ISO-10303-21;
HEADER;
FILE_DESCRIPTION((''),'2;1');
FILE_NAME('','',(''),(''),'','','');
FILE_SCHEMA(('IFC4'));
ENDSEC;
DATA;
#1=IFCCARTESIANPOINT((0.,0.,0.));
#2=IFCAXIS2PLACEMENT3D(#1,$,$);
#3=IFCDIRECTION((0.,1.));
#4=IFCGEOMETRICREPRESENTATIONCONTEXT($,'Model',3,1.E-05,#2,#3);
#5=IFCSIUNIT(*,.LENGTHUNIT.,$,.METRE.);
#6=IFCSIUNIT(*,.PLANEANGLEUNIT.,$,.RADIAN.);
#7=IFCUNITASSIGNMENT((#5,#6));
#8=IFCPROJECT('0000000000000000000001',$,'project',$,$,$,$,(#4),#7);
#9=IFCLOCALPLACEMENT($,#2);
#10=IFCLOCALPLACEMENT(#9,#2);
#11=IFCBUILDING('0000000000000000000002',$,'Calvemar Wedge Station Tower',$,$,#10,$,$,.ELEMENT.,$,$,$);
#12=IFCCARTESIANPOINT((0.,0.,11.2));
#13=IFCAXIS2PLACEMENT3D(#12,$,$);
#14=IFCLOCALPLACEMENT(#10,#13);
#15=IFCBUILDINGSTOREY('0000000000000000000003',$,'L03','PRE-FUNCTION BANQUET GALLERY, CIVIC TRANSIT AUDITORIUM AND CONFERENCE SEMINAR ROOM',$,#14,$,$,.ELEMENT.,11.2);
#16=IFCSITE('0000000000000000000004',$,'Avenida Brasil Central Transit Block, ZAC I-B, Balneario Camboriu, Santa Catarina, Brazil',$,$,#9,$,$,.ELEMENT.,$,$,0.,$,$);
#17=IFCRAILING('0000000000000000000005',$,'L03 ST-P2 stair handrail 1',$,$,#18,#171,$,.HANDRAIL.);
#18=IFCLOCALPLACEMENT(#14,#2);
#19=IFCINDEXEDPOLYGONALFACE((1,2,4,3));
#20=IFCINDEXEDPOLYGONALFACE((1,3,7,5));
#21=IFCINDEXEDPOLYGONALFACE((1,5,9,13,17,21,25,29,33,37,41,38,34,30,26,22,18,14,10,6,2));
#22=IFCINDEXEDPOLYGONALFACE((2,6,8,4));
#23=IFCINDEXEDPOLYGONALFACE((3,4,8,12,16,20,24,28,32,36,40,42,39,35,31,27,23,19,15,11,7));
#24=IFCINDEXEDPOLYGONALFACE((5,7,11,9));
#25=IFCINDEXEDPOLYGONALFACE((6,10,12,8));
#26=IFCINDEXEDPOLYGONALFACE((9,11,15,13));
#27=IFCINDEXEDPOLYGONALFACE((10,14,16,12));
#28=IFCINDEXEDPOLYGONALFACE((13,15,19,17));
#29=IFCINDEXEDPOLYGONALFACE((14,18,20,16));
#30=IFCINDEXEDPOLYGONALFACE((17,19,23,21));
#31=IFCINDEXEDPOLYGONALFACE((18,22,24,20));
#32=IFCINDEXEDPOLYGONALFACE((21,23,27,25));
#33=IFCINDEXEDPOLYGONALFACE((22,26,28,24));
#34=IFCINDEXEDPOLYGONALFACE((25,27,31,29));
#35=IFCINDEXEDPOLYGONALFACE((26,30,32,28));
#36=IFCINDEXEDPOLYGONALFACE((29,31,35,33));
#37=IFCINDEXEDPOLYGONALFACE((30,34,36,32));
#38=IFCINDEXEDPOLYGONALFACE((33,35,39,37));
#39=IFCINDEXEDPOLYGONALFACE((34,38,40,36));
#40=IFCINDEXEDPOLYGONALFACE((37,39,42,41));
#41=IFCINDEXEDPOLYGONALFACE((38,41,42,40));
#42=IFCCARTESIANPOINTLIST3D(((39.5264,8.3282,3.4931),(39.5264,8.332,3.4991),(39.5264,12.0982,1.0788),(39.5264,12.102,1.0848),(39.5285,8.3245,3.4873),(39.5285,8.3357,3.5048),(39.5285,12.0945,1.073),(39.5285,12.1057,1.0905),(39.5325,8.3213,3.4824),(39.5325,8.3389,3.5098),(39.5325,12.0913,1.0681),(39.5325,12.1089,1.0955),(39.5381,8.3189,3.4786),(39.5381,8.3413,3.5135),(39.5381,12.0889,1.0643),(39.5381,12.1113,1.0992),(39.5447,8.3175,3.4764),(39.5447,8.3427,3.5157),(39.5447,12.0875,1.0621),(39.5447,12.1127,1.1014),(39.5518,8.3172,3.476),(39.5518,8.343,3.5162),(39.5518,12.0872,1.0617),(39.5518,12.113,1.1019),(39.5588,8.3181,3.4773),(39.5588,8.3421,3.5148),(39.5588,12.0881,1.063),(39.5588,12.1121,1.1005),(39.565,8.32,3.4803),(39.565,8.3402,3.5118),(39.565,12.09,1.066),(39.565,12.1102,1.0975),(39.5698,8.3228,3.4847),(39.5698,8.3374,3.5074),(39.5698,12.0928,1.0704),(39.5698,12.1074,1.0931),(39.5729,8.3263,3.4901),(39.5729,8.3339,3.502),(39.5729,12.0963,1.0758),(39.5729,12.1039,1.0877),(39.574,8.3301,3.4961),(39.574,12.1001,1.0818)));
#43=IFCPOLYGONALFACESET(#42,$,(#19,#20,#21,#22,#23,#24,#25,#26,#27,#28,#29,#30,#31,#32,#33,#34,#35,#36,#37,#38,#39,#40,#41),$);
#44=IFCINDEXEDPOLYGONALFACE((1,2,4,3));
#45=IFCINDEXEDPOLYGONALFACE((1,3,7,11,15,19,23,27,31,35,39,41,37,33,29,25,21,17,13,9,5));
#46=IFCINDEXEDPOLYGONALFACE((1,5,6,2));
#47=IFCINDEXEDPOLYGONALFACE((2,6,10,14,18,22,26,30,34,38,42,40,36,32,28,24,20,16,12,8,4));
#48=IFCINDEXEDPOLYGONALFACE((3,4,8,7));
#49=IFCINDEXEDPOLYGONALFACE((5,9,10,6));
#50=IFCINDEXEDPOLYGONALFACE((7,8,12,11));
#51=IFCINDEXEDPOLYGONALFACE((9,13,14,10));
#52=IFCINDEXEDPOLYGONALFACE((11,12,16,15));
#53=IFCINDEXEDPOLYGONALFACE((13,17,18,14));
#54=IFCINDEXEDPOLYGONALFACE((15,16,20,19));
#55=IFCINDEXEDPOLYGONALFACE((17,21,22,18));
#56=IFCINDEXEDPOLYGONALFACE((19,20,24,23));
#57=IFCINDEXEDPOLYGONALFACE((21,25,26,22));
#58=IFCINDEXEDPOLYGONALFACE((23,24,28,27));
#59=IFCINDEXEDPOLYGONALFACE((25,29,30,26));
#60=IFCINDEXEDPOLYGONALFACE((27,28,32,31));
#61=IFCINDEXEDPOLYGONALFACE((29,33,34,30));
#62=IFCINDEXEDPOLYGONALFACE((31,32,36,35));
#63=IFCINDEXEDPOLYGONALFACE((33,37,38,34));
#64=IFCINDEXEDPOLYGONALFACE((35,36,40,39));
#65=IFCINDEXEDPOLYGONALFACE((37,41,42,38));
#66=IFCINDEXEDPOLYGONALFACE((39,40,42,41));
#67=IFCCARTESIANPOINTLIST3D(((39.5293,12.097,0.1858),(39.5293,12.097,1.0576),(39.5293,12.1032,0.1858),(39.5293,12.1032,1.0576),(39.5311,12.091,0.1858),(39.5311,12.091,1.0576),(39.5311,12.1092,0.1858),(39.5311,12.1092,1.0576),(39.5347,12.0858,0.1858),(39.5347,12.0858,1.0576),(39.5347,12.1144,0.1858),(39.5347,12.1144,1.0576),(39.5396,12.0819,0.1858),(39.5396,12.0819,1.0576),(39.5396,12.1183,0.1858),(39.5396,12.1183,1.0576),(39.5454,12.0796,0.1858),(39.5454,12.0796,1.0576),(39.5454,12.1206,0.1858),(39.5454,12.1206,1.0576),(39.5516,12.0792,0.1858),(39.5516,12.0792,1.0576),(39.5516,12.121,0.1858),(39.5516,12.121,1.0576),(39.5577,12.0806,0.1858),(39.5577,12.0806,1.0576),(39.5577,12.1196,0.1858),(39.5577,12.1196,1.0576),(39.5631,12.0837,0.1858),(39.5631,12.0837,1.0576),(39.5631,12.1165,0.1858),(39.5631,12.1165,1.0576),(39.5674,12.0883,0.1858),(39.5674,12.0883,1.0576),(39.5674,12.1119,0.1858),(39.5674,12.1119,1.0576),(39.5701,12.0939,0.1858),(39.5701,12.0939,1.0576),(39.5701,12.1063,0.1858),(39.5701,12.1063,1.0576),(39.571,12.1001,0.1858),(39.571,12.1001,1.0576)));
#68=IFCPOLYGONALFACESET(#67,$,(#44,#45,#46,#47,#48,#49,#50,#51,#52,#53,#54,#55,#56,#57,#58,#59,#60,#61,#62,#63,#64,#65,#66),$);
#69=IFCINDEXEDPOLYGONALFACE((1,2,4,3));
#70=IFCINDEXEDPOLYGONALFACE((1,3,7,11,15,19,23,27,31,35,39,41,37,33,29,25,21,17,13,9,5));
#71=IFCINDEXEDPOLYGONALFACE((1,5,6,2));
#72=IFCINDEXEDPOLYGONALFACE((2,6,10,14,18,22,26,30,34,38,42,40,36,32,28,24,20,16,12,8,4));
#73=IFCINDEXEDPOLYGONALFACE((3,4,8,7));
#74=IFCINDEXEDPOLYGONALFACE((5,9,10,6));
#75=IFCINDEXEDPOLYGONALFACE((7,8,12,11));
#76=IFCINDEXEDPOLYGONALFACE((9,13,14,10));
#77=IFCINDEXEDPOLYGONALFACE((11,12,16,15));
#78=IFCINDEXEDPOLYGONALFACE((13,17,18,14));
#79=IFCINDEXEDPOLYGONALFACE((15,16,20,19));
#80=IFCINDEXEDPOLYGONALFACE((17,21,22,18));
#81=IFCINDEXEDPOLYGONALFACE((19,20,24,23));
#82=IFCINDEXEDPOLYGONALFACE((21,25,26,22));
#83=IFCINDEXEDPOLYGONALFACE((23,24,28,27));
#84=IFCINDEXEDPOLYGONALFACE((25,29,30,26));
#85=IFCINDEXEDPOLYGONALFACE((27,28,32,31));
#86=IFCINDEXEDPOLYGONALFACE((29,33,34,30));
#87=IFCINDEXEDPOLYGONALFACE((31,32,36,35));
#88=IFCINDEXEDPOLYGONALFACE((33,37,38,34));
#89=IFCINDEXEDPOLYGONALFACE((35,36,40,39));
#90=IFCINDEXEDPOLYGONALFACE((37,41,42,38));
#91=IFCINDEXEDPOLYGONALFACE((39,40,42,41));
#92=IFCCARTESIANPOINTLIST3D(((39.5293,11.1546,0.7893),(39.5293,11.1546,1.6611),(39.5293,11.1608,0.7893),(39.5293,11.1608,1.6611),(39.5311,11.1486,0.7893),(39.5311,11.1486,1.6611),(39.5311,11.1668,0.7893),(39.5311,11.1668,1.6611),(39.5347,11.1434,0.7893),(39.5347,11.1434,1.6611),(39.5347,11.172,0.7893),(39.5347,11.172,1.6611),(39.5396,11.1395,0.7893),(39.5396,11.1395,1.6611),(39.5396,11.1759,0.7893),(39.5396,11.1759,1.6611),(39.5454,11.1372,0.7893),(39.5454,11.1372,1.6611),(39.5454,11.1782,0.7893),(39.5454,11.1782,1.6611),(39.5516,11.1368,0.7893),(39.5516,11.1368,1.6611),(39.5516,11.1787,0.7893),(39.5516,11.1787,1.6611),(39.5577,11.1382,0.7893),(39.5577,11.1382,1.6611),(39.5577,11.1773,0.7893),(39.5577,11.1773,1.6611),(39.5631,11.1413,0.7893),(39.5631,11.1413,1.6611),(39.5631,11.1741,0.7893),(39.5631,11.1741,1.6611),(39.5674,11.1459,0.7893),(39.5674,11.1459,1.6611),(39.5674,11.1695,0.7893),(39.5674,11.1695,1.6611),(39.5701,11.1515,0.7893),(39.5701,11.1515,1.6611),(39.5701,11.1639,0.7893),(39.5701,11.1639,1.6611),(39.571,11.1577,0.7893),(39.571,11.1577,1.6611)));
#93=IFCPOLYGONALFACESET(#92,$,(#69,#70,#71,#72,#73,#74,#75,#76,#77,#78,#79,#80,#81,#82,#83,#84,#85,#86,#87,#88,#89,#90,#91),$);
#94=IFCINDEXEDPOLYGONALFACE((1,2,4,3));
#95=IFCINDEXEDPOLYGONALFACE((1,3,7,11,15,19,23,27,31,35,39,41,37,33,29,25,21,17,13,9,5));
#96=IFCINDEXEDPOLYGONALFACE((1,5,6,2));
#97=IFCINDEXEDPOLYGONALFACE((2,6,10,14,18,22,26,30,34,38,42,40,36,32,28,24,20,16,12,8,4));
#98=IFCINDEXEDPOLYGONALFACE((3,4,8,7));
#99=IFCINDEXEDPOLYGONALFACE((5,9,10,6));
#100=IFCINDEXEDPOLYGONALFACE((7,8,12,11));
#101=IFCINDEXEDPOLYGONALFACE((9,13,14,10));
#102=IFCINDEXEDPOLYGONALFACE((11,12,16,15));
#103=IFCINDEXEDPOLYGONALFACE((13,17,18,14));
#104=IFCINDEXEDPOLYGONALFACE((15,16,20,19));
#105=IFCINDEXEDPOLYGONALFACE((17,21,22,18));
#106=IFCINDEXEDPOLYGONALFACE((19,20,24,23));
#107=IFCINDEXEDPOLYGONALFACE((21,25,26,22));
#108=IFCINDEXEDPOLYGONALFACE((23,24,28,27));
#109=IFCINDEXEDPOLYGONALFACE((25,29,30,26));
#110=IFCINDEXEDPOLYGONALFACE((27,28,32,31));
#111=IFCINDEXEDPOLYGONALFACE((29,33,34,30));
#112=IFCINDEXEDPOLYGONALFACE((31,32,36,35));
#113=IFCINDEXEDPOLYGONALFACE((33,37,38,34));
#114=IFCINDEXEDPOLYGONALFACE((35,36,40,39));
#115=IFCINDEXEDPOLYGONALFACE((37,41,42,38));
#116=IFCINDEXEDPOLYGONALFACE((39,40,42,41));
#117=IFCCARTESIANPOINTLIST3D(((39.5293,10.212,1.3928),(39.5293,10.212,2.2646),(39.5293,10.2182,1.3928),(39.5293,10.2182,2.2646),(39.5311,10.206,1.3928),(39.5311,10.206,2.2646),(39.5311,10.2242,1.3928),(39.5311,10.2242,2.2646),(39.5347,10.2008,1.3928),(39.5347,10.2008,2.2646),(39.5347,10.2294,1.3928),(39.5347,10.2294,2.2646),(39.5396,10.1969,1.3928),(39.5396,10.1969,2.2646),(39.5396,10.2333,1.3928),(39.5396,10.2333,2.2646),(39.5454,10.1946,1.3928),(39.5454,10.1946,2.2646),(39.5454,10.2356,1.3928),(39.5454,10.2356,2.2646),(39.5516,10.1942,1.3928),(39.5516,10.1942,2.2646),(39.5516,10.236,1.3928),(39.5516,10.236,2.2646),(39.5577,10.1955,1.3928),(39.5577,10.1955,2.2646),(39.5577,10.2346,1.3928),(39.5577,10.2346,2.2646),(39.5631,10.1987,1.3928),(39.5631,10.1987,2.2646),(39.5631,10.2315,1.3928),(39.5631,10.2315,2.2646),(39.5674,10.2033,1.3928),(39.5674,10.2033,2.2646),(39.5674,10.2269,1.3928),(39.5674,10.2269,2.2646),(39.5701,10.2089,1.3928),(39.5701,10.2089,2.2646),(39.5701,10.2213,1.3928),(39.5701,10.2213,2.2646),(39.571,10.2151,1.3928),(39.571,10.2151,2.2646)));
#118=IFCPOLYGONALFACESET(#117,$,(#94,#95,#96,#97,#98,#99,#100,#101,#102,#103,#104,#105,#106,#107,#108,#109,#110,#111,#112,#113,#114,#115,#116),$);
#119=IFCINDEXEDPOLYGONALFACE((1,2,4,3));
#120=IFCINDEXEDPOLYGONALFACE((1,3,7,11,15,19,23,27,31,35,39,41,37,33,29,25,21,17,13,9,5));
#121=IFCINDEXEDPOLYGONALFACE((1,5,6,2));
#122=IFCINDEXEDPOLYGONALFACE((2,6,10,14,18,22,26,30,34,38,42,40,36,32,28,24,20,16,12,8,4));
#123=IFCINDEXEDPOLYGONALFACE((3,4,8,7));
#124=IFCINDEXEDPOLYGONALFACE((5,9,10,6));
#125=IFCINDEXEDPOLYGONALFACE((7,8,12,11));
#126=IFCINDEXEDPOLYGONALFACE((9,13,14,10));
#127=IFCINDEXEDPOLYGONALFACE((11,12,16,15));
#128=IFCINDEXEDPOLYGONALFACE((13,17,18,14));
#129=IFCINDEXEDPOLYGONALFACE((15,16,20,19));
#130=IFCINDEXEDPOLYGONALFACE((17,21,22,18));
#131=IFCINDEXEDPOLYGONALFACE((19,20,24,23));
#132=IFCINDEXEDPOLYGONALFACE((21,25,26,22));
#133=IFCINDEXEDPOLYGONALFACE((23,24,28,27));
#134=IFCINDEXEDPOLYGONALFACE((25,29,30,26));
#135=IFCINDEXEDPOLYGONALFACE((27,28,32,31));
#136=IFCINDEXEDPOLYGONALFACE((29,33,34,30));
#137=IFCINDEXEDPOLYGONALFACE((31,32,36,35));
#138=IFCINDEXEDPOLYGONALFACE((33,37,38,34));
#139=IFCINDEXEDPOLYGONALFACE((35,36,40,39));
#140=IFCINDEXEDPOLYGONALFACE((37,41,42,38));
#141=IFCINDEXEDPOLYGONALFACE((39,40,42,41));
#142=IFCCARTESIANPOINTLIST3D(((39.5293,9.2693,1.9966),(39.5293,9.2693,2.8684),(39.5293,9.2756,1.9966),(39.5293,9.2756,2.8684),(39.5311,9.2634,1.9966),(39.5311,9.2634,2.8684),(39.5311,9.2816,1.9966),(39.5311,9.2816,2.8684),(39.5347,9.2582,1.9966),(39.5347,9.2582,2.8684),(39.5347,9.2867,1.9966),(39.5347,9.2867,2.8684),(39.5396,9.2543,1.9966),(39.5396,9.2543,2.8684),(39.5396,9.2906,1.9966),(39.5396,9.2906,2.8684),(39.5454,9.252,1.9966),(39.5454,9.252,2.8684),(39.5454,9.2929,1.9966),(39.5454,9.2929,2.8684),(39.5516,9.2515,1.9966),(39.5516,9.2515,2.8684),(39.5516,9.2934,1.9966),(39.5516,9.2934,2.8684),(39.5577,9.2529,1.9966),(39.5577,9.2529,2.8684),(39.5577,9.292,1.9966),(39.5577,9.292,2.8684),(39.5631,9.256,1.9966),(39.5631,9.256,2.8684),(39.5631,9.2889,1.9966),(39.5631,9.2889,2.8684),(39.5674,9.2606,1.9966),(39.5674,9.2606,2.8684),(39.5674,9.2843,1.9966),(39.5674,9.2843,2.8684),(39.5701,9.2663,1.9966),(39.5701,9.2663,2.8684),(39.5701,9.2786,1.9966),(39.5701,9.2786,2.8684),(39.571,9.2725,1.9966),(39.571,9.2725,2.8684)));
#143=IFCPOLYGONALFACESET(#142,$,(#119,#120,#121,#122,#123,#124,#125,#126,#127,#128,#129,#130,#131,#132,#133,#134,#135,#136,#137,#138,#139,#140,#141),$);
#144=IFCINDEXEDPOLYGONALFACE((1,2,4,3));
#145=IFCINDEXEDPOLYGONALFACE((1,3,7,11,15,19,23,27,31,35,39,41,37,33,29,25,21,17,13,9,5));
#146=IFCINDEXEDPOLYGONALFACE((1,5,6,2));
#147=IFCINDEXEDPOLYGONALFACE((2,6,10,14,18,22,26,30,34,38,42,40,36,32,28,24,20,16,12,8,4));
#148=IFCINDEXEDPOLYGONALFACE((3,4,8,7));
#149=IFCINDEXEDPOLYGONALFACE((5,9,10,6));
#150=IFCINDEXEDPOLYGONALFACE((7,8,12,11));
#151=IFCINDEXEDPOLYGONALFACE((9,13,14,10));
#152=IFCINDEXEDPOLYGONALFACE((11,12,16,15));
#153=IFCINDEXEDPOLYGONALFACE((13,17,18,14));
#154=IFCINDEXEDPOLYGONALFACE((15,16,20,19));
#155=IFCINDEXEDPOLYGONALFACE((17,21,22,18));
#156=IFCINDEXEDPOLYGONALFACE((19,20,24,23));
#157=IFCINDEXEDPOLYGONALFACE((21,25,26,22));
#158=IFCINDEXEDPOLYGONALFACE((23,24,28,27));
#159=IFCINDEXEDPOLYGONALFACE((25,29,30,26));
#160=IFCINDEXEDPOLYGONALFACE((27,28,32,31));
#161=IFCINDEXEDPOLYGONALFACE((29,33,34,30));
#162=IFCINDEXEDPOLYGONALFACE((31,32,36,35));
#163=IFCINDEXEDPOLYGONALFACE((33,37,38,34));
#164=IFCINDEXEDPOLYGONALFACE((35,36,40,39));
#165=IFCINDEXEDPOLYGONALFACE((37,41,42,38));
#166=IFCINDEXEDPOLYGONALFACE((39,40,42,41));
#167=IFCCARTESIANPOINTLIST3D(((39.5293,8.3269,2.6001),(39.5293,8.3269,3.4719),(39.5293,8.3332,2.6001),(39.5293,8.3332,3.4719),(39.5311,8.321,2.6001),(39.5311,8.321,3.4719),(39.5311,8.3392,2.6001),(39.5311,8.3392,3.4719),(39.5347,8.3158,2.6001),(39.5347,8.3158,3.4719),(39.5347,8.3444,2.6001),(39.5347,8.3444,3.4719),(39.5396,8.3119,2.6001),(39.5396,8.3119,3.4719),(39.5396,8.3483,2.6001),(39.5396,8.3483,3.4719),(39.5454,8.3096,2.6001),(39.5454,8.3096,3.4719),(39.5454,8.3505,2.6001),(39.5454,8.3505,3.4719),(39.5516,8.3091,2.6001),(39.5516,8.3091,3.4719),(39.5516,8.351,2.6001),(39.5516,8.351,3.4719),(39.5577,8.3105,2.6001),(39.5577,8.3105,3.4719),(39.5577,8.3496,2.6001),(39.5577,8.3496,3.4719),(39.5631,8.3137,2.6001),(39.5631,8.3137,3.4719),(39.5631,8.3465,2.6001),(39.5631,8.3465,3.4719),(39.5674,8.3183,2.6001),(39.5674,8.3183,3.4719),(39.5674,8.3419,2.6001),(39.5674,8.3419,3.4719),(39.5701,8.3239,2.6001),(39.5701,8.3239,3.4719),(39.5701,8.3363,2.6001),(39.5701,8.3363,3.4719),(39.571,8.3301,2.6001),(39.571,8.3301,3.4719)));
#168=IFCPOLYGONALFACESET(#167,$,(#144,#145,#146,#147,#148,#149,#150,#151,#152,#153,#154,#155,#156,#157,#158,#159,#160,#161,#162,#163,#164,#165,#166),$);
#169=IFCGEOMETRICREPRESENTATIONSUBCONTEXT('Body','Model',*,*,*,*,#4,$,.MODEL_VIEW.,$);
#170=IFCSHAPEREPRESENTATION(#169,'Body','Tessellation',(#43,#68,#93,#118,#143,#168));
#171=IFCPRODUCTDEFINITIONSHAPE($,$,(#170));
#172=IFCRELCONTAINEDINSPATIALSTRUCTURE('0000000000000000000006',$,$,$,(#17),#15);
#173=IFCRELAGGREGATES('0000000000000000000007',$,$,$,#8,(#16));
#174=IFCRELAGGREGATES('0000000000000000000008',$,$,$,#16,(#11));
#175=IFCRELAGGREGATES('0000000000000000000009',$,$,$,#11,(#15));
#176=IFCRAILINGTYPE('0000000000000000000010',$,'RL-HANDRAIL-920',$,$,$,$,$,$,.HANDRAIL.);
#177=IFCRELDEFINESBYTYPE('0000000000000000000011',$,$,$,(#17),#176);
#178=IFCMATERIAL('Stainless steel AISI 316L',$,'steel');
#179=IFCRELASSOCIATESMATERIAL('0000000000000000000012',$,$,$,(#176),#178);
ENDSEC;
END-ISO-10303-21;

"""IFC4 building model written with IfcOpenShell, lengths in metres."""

from ifc_helpers import new_model, si_unit, direction, frame, origin, origin_2d, place, context, subcontext, project, spatial, circle, extrude, material, type_object, element, save


model = new_model("IFC4")

# Units and contexts
model_context = context("Model", 3, precision=1e-05, world=origin(), true_north=direction((0.0, 1.0)))
body_context = subcontext(model_context, "Body", "Model", "MODEL_VIEW")
ifc_project = project(units=[si_unit("LENGTHUNIT", "METRE"), si_unit("PLANEANGLEUNIT", "RADIAN")], contexts=[model_context])

# Site, building, storey
site_placement = place(None, origin())
site = spatial("IfcSite", under=ifc_project, at=site_placement, Name="Avenida Brasil Central Transit Block, ZAC I-B, Balneario Camboriu, Santa Catarina, Brazil", CompositionType="ELEMENT", RefElevation=0.0)
building_placement = place(site_placement, origin())
building = spatial("IfcBuilding", under=site, at=building_placement, Name="Calvemar Wedge Station Tower", CompositionType="ELEMENT")
storey_placement = place(building_placement, frame((0.0, 0.0, 11.2)))
storey = spatial("IfcBuildingStorey", under=building, at=storey_placement, Name="L03", Description="PRE-FUNCTION BANQUET GALLERY, CIVIC TRANSIT AUDITORIUM AND CONFERENCE SEMINAR ROOM", CompositionType="ELEMENT", Elevation=11.2)

# Railing
ifc_material_1 = material(Name="Stainless steel AISI 316L", Category="steel")
railing_type = type_object("IfcRailingType", Name="RL-HANDRAIL-920", PredefinedType="HANDRAIL", material=ifc_material_1)
railing_placement = place(storey_placement, frame((39.55, 12.1001, 0.1858)))
element("IfcRailing", 1, at=railing_placement, inside=storey, type_object=railing_type, Name="L03 ST-P2 stair handrail 1", PredefinedType="HANDRAIL", context=body_context, shape_type="SweptSolid", body=[
    extrude(circle(Radius=0.0239, at=origin_2d()), frame((0.0, 0.0, 0.896), z_axis=(0.0, -0.84212, 0.53929), x_axis=(1.0, 0.0, 0.0)), (0.0, 0.0, 1.0), 4.4768),
    extrude(circle(Radius=0.021, at=origin_2d()), origin(), (0.0, 0.0, 1.0), 0.8718),
    extrude(circle(Radius=0.021, at=origin_2d()), frame((0.0, -0.9424, 0.6035)), (0.0, 0.0, 1.0), 0.8718),
    extrude(circle(Radius=0.021, at=origin_2d()), frame((0.0, -1.885, 1.207)), (0.0, 0.0, 1.0), 0.8718),
    extrude(circle(Radius=0.021, at=origin_2d()), frame((0.0, -2.8276, 1.8108)), (0.0, 0.0, 1.0), 0.8718),
    extrude(circle(Radius=0.021, at=origin_2d()), frame((0.0, -3.77, 2.4143)), (0.0, 0.0, 1.0), 0.8718),
])

save(model, "model.ifc")
